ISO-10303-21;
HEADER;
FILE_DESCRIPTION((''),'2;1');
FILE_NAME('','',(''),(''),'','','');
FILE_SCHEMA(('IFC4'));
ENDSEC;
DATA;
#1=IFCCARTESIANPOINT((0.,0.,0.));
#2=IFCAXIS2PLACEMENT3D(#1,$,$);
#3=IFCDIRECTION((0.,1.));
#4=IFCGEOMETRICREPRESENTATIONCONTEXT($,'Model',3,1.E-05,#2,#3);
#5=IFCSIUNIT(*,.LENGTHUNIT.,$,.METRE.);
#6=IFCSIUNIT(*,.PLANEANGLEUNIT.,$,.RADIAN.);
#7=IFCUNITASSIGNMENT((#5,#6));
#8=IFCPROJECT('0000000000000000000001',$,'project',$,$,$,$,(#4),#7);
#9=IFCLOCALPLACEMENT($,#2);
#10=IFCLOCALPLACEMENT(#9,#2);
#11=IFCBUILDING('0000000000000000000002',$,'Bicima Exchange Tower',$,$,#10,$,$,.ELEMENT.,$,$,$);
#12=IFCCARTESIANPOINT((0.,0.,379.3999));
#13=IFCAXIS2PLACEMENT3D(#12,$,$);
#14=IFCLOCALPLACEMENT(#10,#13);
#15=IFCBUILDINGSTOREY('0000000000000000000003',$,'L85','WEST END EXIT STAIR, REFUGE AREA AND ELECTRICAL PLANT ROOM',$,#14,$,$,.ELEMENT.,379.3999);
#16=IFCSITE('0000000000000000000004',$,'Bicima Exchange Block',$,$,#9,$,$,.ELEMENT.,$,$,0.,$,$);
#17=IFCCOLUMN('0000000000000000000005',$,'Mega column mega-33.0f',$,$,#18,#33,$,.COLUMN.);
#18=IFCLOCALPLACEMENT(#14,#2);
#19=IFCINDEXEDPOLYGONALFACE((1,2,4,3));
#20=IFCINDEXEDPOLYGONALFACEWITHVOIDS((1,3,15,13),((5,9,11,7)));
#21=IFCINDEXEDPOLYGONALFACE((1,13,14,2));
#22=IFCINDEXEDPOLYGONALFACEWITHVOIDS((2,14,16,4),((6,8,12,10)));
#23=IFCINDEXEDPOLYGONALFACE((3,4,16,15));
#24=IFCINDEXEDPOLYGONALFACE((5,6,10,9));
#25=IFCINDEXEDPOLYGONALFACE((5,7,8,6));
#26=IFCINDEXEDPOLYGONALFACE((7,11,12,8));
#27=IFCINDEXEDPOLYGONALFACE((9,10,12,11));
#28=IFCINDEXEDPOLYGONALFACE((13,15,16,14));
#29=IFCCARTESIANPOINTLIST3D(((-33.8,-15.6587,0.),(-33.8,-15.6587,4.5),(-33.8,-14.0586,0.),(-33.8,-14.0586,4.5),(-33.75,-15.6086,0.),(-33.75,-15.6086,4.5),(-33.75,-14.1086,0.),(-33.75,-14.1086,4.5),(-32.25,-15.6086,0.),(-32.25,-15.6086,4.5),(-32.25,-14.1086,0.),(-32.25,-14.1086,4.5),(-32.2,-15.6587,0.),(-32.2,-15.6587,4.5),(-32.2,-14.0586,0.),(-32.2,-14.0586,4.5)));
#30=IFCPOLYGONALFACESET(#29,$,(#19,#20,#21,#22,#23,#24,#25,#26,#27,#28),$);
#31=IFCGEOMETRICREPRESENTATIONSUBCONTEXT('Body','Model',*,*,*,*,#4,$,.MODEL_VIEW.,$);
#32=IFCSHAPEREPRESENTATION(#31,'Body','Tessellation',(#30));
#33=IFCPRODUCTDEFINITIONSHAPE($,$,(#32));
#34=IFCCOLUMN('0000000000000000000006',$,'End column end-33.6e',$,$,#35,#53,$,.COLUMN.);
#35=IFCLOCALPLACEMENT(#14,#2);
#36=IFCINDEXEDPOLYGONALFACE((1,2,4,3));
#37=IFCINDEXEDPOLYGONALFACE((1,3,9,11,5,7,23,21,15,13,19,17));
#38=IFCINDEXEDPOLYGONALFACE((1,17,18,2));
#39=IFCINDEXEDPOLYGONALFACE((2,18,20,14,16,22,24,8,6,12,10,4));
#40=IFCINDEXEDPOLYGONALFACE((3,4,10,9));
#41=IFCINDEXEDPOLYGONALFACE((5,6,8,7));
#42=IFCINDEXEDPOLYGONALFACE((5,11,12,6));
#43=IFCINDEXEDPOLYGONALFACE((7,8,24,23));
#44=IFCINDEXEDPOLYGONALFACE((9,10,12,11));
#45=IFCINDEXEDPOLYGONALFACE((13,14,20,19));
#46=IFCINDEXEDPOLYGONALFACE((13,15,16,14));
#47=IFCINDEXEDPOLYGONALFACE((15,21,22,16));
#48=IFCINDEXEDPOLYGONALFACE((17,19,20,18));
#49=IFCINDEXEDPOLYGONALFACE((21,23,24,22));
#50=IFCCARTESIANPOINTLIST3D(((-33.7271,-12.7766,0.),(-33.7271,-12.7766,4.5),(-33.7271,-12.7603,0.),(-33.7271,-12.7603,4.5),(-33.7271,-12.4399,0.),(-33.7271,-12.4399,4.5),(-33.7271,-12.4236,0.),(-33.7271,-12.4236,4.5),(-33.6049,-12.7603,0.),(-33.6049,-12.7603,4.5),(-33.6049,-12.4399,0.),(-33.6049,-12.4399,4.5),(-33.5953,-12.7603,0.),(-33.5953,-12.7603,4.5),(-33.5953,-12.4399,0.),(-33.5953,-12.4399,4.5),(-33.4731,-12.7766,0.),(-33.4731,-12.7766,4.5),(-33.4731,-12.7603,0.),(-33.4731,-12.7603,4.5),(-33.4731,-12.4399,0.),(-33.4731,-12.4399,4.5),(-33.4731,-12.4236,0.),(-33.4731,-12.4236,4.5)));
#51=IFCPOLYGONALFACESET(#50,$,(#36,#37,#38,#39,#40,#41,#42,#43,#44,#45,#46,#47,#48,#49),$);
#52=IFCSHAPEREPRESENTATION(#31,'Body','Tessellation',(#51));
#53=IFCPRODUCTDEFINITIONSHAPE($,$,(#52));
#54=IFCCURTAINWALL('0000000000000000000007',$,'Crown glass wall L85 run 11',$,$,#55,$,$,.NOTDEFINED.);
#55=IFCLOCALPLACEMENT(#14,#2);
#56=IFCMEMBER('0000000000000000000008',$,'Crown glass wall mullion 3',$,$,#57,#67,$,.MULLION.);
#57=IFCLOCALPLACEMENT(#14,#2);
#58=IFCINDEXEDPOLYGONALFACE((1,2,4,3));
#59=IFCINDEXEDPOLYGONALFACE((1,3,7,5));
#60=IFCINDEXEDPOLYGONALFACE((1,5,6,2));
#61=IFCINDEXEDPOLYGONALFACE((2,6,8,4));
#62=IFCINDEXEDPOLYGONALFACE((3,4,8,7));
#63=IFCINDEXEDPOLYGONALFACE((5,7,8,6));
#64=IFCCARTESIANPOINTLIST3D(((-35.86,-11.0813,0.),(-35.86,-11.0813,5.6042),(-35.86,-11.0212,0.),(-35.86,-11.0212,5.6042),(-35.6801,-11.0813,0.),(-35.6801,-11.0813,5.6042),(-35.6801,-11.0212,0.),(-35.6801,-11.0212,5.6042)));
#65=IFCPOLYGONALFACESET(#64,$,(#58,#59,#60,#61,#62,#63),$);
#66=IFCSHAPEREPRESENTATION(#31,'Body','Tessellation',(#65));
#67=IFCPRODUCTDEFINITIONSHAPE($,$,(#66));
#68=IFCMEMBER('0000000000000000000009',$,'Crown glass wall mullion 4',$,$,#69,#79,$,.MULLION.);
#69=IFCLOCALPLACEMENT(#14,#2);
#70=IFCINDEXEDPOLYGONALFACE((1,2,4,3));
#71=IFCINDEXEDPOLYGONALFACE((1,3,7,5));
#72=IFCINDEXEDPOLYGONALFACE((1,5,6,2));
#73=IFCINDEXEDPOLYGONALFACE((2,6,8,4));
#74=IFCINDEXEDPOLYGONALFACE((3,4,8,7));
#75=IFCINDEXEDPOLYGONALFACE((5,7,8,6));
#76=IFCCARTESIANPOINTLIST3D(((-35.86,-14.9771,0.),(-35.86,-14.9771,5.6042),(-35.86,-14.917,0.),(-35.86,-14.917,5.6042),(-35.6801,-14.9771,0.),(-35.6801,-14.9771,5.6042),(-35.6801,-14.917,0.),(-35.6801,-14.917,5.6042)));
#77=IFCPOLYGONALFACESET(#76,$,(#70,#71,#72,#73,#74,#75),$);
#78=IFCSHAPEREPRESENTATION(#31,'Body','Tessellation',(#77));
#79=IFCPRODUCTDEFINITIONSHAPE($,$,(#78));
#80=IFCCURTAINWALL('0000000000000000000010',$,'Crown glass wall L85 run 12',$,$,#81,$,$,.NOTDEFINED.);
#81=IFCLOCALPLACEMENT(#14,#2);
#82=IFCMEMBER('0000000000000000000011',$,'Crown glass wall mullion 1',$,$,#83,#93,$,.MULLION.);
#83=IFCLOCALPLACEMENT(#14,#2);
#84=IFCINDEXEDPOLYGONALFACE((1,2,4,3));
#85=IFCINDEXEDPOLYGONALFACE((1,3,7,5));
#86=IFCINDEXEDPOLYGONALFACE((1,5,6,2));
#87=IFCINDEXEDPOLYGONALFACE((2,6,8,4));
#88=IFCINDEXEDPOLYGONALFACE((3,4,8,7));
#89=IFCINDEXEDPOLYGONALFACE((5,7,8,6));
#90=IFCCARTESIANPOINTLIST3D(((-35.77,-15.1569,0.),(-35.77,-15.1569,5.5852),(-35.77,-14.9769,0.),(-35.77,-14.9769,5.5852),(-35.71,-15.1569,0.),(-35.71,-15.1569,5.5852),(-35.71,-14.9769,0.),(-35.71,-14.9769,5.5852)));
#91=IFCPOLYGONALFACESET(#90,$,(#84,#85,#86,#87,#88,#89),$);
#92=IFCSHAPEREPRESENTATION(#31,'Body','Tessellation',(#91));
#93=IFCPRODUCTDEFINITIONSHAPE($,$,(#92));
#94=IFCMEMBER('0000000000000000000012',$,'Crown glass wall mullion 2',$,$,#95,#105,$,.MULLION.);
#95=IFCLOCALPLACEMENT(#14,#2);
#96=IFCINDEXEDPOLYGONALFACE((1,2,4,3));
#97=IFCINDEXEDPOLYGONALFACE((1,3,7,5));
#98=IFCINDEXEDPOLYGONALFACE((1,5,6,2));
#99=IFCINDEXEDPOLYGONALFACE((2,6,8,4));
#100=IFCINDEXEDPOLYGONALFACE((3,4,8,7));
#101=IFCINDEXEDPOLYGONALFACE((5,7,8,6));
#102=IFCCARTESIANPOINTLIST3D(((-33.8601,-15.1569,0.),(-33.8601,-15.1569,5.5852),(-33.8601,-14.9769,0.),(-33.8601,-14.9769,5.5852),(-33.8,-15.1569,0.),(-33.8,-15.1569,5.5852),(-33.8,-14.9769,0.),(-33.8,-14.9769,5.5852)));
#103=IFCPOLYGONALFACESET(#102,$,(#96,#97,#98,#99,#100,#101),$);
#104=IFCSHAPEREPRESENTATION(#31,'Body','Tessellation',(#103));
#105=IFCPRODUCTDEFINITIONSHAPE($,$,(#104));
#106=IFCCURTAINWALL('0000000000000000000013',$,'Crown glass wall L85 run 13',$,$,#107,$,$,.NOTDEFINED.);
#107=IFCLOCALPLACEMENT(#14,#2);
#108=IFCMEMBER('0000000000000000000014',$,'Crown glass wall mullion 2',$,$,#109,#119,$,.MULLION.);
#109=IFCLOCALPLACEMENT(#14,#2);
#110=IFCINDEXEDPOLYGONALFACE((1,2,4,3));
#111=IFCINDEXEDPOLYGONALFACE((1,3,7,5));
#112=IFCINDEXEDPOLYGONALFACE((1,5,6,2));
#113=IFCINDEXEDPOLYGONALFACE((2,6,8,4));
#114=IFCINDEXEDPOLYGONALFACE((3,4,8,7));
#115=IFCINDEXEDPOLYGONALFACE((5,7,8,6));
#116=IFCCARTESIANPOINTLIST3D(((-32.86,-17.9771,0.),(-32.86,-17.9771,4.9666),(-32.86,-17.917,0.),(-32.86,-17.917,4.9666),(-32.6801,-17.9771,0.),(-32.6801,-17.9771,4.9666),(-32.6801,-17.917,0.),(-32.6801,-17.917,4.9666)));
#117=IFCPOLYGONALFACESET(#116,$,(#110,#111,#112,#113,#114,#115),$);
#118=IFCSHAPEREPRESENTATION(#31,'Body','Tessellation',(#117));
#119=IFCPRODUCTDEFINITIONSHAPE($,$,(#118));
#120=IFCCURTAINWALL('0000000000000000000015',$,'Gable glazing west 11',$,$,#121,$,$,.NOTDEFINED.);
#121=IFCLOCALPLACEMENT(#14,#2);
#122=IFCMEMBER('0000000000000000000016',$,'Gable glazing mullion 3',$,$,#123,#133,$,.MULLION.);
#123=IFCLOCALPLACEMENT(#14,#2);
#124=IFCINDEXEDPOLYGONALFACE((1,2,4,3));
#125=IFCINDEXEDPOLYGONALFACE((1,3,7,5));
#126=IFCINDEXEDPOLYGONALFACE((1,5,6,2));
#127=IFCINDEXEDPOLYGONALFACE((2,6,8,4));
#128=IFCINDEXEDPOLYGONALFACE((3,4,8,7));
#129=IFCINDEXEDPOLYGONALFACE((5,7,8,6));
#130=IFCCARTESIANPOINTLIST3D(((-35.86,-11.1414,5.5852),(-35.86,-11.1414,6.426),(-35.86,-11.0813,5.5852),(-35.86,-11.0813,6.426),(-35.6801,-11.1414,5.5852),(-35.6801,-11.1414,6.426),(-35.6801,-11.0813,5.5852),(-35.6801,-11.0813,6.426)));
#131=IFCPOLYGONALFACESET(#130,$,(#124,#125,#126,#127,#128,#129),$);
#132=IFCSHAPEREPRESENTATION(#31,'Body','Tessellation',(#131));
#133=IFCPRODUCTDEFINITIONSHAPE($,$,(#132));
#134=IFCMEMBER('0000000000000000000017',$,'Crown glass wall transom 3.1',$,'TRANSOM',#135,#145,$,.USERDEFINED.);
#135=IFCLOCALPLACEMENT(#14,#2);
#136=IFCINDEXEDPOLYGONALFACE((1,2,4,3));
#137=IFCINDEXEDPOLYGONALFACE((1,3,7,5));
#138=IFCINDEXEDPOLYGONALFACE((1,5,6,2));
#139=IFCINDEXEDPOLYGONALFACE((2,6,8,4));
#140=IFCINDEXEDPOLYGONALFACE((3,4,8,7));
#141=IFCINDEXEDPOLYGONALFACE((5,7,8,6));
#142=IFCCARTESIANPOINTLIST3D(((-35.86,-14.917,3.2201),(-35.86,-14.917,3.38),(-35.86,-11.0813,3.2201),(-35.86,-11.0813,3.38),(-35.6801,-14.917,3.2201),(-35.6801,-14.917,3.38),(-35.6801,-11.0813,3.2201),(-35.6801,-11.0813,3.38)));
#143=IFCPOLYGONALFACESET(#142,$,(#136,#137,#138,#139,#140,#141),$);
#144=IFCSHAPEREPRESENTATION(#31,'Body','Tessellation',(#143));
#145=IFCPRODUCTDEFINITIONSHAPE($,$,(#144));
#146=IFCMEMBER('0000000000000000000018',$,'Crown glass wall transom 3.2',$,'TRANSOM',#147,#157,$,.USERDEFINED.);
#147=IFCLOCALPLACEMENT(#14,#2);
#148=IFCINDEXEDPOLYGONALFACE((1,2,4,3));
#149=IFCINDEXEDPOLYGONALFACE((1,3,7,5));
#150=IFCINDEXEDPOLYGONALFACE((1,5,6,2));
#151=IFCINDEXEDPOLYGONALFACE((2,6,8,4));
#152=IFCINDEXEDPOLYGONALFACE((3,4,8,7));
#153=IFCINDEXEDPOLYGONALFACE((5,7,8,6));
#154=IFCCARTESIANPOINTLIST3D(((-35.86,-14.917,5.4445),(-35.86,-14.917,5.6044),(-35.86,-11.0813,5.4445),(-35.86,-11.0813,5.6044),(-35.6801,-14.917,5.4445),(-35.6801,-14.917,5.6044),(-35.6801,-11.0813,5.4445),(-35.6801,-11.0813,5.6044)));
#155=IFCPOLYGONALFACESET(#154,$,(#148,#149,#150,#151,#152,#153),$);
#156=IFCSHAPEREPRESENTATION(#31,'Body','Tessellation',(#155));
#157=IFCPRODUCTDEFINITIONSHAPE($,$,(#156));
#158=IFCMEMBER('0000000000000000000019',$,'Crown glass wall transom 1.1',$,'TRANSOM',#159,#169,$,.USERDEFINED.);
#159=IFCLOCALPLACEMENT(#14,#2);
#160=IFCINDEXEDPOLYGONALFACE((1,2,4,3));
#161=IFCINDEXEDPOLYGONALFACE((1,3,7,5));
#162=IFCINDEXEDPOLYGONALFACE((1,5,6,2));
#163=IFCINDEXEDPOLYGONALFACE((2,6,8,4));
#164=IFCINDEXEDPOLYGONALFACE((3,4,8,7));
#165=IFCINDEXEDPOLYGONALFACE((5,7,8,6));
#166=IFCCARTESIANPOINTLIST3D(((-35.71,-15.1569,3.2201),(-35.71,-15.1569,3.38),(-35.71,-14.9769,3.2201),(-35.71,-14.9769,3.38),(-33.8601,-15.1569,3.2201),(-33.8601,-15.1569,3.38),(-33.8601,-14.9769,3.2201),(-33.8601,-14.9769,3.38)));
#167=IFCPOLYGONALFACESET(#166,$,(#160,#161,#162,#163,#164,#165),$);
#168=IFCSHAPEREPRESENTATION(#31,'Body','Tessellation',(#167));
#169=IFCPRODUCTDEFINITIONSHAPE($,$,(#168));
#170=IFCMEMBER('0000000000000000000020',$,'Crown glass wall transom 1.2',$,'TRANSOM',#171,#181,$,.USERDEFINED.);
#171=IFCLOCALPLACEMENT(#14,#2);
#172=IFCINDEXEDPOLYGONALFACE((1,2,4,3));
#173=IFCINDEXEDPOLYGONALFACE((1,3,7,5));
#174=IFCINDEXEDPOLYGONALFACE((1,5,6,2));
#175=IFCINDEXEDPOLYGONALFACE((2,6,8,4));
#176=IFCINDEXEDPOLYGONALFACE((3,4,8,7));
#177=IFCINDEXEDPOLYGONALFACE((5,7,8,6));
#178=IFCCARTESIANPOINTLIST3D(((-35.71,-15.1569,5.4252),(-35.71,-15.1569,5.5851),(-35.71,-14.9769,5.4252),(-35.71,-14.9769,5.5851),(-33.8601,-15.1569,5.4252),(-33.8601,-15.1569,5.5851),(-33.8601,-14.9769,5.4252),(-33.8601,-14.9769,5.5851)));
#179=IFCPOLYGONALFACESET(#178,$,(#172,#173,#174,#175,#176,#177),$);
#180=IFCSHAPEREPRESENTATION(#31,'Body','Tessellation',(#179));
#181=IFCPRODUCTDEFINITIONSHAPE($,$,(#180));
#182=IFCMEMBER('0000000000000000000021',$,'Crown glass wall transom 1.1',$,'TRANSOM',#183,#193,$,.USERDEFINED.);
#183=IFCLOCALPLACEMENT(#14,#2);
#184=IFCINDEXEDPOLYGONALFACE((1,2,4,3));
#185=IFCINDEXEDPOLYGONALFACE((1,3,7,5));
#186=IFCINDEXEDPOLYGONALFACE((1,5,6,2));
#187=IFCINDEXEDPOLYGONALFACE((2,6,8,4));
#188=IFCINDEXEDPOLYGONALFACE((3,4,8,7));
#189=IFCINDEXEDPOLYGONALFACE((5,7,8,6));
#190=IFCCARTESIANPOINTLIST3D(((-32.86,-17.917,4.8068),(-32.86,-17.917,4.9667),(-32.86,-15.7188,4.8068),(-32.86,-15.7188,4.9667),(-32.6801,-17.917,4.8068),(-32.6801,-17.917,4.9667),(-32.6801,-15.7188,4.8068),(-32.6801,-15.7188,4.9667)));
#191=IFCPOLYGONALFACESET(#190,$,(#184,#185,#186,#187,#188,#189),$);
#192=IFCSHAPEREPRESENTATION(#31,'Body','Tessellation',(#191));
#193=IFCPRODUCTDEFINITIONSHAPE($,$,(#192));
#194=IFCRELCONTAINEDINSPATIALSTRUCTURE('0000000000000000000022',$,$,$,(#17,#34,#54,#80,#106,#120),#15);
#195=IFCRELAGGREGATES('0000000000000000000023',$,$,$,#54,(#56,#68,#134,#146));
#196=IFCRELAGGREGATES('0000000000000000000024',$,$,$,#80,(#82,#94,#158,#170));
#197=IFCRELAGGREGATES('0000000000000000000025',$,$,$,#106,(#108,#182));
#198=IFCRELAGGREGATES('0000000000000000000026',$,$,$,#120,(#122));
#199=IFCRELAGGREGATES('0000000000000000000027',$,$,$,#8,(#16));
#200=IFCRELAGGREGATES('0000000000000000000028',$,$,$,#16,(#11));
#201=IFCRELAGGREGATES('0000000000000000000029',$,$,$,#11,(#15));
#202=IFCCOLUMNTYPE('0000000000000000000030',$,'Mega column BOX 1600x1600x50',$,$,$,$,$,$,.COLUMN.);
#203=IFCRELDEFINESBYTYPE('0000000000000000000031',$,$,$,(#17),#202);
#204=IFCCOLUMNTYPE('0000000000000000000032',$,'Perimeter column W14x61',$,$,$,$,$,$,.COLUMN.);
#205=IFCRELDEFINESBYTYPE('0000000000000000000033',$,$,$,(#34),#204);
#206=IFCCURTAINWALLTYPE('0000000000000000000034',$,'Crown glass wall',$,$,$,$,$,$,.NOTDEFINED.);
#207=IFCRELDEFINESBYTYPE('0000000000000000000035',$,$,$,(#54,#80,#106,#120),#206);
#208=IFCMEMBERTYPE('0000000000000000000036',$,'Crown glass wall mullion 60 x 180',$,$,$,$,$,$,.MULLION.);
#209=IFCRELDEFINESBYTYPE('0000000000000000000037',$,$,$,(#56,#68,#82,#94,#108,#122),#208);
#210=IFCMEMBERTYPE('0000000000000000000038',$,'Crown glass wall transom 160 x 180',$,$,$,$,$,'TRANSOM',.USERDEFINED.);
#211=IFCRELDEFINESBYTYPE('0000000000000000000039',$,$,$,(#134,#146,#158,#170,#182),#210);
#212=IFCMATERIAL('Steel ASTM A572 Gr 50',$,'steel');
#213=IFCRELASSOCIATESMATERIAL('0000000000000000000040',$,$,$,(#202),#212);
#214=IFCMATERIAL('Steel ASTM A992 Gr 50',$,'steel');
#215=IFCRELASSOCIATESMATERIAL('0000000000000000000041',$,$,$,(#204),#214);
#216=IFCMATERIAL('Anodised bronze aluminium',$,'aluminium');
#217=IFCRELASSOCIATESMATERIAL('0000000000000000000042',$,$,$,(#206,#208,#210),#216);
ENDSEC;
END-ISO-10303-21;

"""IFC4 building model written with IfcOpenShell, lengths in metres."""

from ifc_helpers import new_model, si_unit, direction, frame, origin, origin_2d, place, context, subcontext, project, spatial, rectangle, hollow_rectangle, i_section, extrude, material, material_profile, profile_set, type_object, element, aggregate, save


model = new_model("IFC4")

# Units and contexts
model_context = context("Model", 3, precision=1e-05, world=origin(), true_north=direction((0.0, 1.0)))
body_context = subcontext(model_context, "Body", "Model", "MODEL_VIEW")
ifc_project = project(units=[si_unit("LENGTHUNIT", "METRE"), si_unit("PLANEANGLEUNIT", "RADIAN")], contexts=[model_context])

# Site, building, storey
site_placement = place(None, origin())
site = spatial("IfcSite", under=ifc_project, at=site_placement, Name="Bicima Exchange Block", CompositionType="ELEMENT", RefElevation=0.0)
building_placement = place(site_placement, origin())
building = spatial("IfcBuilding", under=site, at=building_placement, Name="Bicima Exchange Tower", CompositionType="ELEMENT")
storey_placement = place(building_placement, frame((0.0, 0.0, 379.3999)))
storey = spatial("IfcBuildingStorey", under=building, at=storey_placement, Name="L85", Description="WEST END EXIT STAIR, REFUGE AREA AND ELECTRICAL PLANT ROOM", CompositionType="ELEMENT", Elevation=379.3999)

# Columns
ifc_material_1 = material(Name="Steel ASTM A572 Gr 50", Category="steel")
ifc_material_profile_1 = material_profile(ifc_material_1, hollow_rectangle(XDim=1.6001, YDim=1.6001, WallThickness=0.05, at=origin_2d()))
ifc_profile_set_1 = profile_set([ifc_material_profile_1], Name="Steel ASTM A572 Gr 50")
column_type_1 = type_object("IfcColumnType", Name="Mega column BOX 1600x1600x50", PredefinedType="COLUMN", material=ifc_profile_set_1)
column_1_placement = place(storey_placement, frame((-33.0, -14.8586, 0.0), z_axis=(0.0, 0.0, 1.0), x_axis=(1.0, 0.0, 0.0)))
element("IfcColumn", 1, at=column_1_placement, inside=storey, type_object=column_type_1, Name="Mega column mega-33.0f", PredefinedType="COLUMN", context=body_context, shape_type="SweptSolid", body=[
    extrude(hollow_rectangle(XDim=1.6001, YDim=1.6001, WallThickness=0.05, at=origin_2d()), origin(), (0.0, 0.0, 1.0), 4.5),
])
ifc_material_2 = material(Name="Steel ASTM A992 Gr 50", Category="steel")
ifc_material_profile_2 = material_profile(ifc_material_2, i_section(OverallWidth=0.2539, OverallDepth=0.353, WebThickness=0.0095, FlangeThickness=0.0164, at=origin_2d()))
ifc_profile_set_2 = profile_set([ifc_material_profile_2], Name="Steel ASTM A992 Gr 50")
column_type_2 = type_object("IfcColumnType", Name="Perimeter column W14x61", PredefinedType="COLUMN", material=ifc_profile_set_2)
column_2_placement = place(storey_placement, frame((-33.6001, -12.6001, 0.0), z_axis=(0.0, 0.0, 1.0), x_axis=(1.0, 0.0, 0.0)))
element("IfcColumn", 2, at=column_2_placement, inside=storey, type_object=column_type_2, Name="End column end-33.6e", PredefinedType="COLUMN", context=body_context, shape_type="SweptSolid", body=[
    extrude(i_section(OverallWidth=0.2539, OverallDepth=0.353, WebThickness=0.0095, FlangeThickness=0.0164, at=origin_2d()), origin(), (0.0, 0.0, 1.0), 4.5),
])

# Curtain walls, members
ifc_material_3 = material(Name="Anodised bronze aluminium", Category="aluminium")
curtain_wall_type = type_object("IfcCurtainWallType", Name="Crown glass wall", PredefinedType="NOTDEFINED", material=ifc_material_3)
curtain_wall_1_placement = place(storey_placement, origin())
curtain_wall_1 = element("IfcCurtainWall", 3, at=curtain_wall_1_placement, inside=storey, type_object=curtain_wall_type, Name="Crown glass wall L85 run 11", PredefinedType="NOTDEFINED")
ifc_material_profile_3 = material_profile(ifc_material_3, rectangle(XDim=0.1799, YDim=0.0601, at=origin_2d()))
ifc_profile_set_3 = profile_set([ifc_material_profile_3], Name="Anodised bronze aluminium")
member_type_1 = type_object("IfcMemberType", Name="Crown glass wall mullion 60 x 180", PredefinedType="MULLION", material=ifc_profile_set_3)
member_1_placement = place(storey_placement, frame((-35.77, -11.0513, 0.0), z_axis=(0.0, 0.0, 1.0), x_axis=(1.0, 0.0, 0.0)))
member_1 = element("IfcMember", 4, at=member_1_placement, type_object=member_type_1, Name="Crown glass wall mullion 3", PredefinedType="MULLION", context=body_context, shape_type="SweptSolid", body=[
    extrude(rectangle(XDim=0.1799, YDim=0.0601, at=origin_2d()), origin(), (0.0, 0.0, 1.0), 5.6042),
])
member_2_placement = place(storey_placement, frame((-35.77, -14.947, 0.0), z_axis=(0.0, 0.0, 1.0), x_axis=(1.0, 0.0, 0.0)))
member_2 = element("IfcMember", 5, at=member_2_placement, type_object=member_type_1, Name="Crown glass wall mullion 4", PredefinedType="MULLION", context=body_context, shape_type="SweptSolid", body=[
    extrude(rectangle(XDim=0.1799, YDim=0.0601, at=origin_2d()), origin(), (0.0, 0.0, 1.0), 5.6042),
])
curtain_wall_2_placement = place(storey_placement, origin())
curtain_wall_2 = element("IfcCurtainWall", 6, at=curtain_wall_2_placement, inside=storey, type_object=curtain_wall_type, Name="Crown glass wall L85 run 12", PredefinedType="NOTDEFINED")
member_3_placement = place(storey_placement, frame((-35.74, -15.0669, 0.0), z_axis=(0.0, 0.0, 1.0), x_axis=(0.0, 1.0, 0.0)))
member_3 = element("IfcMember", 7, at=member_3_placement, type_object=member_type_1, Name="Crown glass wall mullion 1", PredefinedType="MULLION", context=body_context, shape_type="SweptSolid", body=[
    extrude(rectangle(XDim=0.1799, YDim=0.0601, at=origin_2d()), origin(), (0.0, 0.0, 1.0), 5.5852),
])
member_4_placement = place(storey_placement, frame((-33.8301, -15.0669, 0.0), z_axis=(0.0, 0.0, 1.0), x_axis=(0.0, 1.0, 0.0)))
member_4 = element("IfcMember", 8, at=member_4_placement, type_object=member_type_1, Name="Crown glass wall mullion 2", PredefinedType="MULLION", context=body_context, shape_type="SweptSolid", body=[
    extrude(rectangle(XDim=0.1799, YDim=0.0601, at=origin_2d()), origin(), (0.0, 0.0, 1.0), 5.5852),
])

# Curtain walls, members
curtain_wall_3_placement = place(storey_placement, origin())
curtain_wall_3 = element("IfcCurtainWall", 9, at=curtain_wall_3_placement, inside=storey, type_object=curtain_wall_type, Name="Crown glass wall L85 run 13", PredefinedType="NOTDEFINED")
member_5_placement = place(storey_placement, frame((-32.77, -17.947, 0.0), z_axis=(0.0, 0.0, 1.0), x_axis=(1.0, 0.0, 0.0)))
member_5 = element("IfcMember", 10, at=member_5_placement, type_object=member_type_1, Name="Crown glass wall mullion 2", PredefinedType="MULLION", context=body_context, shape_type="SweptSolid", body=[
    extrude(rectangle(XDim=0.1799, YDim=0.0601, at=origin_2d()), origin(), (0.0, 0.0, 1.0), 4.9666),
])
curtain_wall_4_placement = place(storey_placement, origin())
curtain_wall_4 = element("IfcCurtainWall", 11, at=curtain_wall_4_placement, inside=storey, type_object=curtain_wall_type, Name="Gable glazing west 11", PredefinedType="NOTDEFINED")
member_6_placement = place(storey_placement, frame((-35.77, -11.1113, 5.5852), z_axis=(0.0, 0.0, 1.0), x_axis=(1.0, 0.0, 0.0)))
member_6 = element("IfcMember", 12, at=member_6_placement, type_object=member_type_1, Name="Gable glazing mullion 3", PredefinedType="MULLION", context=body_context, shape_type="SweptSolid", body=[
    extrude(rectangle(XDim=0.1799, YDim=0.0601, at=origin_2d()), origin(), (0.0, 0.0, 1.0), 0.8408),
])

# Members
ifc_material_profile_4 = material_profile(ifc_material_3, rectangle(XDim=0.1799, YDim=0.1599, at=origin_2d()))
ifc_profile_set_4 = profile_set([ifc_material_profile_4], Name="Anodised bronze aluminium")
member_type_2 = type_object("IfcMemberType", Name="Crown glass wall transom 160 x 180", ElementType="TRANSOM", PredefinedType="USERDEFINED", material=ifc_profile_set_4)
member_7_placement = place(storey_placement, frame((-35.77, -11.0813, 3.3), z_axis=(0.0, -1.0, 0.0), x_axis=(1.0, 0.0, 0.0)))
member_7 = element("IfcMember", 13, at=member_7_placement, type_object=member_type_2, Name="Crown glass wall transom 3.1", ObjectType="TRANSOM", PredefinedType="USERDEFINED", context=body_context, shape_type="SweptSolid", body=[
    extrude(rectangle(XDim=0.1799, YDim=0.1599, at=origin_2d()), origin(), (0.0, 0.0, 1.0), 3.8357),
])
member_8_placement = place(storey_placement, frame((-35.77, -11.0813, 5.5244), z_axis=(0.0, -1.0, 0.0), x_axis=(1.0, 0.0, 0.0)))
member_8 = element("IfcMember", 14, at=member_8_placement, type_object=member_type_2, Name="Crown glass wall transom 3.2", ObjectType="TRANSOM", PredefinedType="USERDEFINED", context=body_context, shape_type="SweptSolid", body=[
    extrude(rectangle(XDim=0.1799, YDim=0.1599, at=origin_2d()), origin(), (0.0, 0.0, 1.0), 3.8357),
])
member_9_placement = place(storey_placement, frame((-35.71, -15.0669, 3.3), z_axis=(1.0, 0.0, 0.0), x_axis=(0.0, 1.0, 0.0)))
member_9 = element("IfcMember", 15, at=member_9_placement, type_object=member_type_2, Name="Crown glass wall transom 1.1", ObjectType="TRANSOM", PredefinedType="USERDEFINED", context=body_context, shape_type="SweptSolid", body=[
    extrude(rectangle(XDim=0.1799, YDim=0.1599, at=origin_2d()), origin(), (0.0, 0.0, 1.0), 1.8499),
])
member_10_placement = place(storey_placement, frame((-35.71, -15.0669, 5.5051), z_axis=(1.0, 0.0, 0.0), x_axis=(0.0, 1.0, 0.0)))
member_10 = element("IfcMember", 16, at=member_10_placement, type_object=member_type_2, Name="Crown glass wall transom 1.2", ObjectType="TRANSOM", PredefinedType="USERDEFINED", context=body_context, shape_type="SweptSolid", body=[
    extrude(rectangle(XDim=0.1799, YDim=0.1599, at=origin_2d()), origin(), (0.0, 0.0, 1.0), 1.8499),
])
member_11_placement = place(storey_placement, frame((-32.77, -15.7188, 4.8867), z_axis=(0.0, -1.0, 0.0), x_axis=(1.0, 0.0, 0.0)))
member_11 = element("IfcMember", 17, at=member_11_placement, type_object=member_type_2, Name="Crown glass wall transom 1.1", ObjectType="TRANSOM", PredefinedType="USERDEFINED", context=body_context, shape_type="SweptSolid", body=[
    extrude(rectangle(XDim=0.1799, YDim=0.1599, at=origin_2d()), origin(), (0.0, 0.0, 1.0), 2.1982),
])

aggregate(curtain_wall_1, [member_1, member_2, member_7, member_8])
aggregate(curtain_wall_2, [member_3, member_4, member_9, member_10])
aggregate(curtain_wall_3, [member_5, member_11])
aggregate(curtain_wall_4, [member_6])

save(model, "model.ifc")
